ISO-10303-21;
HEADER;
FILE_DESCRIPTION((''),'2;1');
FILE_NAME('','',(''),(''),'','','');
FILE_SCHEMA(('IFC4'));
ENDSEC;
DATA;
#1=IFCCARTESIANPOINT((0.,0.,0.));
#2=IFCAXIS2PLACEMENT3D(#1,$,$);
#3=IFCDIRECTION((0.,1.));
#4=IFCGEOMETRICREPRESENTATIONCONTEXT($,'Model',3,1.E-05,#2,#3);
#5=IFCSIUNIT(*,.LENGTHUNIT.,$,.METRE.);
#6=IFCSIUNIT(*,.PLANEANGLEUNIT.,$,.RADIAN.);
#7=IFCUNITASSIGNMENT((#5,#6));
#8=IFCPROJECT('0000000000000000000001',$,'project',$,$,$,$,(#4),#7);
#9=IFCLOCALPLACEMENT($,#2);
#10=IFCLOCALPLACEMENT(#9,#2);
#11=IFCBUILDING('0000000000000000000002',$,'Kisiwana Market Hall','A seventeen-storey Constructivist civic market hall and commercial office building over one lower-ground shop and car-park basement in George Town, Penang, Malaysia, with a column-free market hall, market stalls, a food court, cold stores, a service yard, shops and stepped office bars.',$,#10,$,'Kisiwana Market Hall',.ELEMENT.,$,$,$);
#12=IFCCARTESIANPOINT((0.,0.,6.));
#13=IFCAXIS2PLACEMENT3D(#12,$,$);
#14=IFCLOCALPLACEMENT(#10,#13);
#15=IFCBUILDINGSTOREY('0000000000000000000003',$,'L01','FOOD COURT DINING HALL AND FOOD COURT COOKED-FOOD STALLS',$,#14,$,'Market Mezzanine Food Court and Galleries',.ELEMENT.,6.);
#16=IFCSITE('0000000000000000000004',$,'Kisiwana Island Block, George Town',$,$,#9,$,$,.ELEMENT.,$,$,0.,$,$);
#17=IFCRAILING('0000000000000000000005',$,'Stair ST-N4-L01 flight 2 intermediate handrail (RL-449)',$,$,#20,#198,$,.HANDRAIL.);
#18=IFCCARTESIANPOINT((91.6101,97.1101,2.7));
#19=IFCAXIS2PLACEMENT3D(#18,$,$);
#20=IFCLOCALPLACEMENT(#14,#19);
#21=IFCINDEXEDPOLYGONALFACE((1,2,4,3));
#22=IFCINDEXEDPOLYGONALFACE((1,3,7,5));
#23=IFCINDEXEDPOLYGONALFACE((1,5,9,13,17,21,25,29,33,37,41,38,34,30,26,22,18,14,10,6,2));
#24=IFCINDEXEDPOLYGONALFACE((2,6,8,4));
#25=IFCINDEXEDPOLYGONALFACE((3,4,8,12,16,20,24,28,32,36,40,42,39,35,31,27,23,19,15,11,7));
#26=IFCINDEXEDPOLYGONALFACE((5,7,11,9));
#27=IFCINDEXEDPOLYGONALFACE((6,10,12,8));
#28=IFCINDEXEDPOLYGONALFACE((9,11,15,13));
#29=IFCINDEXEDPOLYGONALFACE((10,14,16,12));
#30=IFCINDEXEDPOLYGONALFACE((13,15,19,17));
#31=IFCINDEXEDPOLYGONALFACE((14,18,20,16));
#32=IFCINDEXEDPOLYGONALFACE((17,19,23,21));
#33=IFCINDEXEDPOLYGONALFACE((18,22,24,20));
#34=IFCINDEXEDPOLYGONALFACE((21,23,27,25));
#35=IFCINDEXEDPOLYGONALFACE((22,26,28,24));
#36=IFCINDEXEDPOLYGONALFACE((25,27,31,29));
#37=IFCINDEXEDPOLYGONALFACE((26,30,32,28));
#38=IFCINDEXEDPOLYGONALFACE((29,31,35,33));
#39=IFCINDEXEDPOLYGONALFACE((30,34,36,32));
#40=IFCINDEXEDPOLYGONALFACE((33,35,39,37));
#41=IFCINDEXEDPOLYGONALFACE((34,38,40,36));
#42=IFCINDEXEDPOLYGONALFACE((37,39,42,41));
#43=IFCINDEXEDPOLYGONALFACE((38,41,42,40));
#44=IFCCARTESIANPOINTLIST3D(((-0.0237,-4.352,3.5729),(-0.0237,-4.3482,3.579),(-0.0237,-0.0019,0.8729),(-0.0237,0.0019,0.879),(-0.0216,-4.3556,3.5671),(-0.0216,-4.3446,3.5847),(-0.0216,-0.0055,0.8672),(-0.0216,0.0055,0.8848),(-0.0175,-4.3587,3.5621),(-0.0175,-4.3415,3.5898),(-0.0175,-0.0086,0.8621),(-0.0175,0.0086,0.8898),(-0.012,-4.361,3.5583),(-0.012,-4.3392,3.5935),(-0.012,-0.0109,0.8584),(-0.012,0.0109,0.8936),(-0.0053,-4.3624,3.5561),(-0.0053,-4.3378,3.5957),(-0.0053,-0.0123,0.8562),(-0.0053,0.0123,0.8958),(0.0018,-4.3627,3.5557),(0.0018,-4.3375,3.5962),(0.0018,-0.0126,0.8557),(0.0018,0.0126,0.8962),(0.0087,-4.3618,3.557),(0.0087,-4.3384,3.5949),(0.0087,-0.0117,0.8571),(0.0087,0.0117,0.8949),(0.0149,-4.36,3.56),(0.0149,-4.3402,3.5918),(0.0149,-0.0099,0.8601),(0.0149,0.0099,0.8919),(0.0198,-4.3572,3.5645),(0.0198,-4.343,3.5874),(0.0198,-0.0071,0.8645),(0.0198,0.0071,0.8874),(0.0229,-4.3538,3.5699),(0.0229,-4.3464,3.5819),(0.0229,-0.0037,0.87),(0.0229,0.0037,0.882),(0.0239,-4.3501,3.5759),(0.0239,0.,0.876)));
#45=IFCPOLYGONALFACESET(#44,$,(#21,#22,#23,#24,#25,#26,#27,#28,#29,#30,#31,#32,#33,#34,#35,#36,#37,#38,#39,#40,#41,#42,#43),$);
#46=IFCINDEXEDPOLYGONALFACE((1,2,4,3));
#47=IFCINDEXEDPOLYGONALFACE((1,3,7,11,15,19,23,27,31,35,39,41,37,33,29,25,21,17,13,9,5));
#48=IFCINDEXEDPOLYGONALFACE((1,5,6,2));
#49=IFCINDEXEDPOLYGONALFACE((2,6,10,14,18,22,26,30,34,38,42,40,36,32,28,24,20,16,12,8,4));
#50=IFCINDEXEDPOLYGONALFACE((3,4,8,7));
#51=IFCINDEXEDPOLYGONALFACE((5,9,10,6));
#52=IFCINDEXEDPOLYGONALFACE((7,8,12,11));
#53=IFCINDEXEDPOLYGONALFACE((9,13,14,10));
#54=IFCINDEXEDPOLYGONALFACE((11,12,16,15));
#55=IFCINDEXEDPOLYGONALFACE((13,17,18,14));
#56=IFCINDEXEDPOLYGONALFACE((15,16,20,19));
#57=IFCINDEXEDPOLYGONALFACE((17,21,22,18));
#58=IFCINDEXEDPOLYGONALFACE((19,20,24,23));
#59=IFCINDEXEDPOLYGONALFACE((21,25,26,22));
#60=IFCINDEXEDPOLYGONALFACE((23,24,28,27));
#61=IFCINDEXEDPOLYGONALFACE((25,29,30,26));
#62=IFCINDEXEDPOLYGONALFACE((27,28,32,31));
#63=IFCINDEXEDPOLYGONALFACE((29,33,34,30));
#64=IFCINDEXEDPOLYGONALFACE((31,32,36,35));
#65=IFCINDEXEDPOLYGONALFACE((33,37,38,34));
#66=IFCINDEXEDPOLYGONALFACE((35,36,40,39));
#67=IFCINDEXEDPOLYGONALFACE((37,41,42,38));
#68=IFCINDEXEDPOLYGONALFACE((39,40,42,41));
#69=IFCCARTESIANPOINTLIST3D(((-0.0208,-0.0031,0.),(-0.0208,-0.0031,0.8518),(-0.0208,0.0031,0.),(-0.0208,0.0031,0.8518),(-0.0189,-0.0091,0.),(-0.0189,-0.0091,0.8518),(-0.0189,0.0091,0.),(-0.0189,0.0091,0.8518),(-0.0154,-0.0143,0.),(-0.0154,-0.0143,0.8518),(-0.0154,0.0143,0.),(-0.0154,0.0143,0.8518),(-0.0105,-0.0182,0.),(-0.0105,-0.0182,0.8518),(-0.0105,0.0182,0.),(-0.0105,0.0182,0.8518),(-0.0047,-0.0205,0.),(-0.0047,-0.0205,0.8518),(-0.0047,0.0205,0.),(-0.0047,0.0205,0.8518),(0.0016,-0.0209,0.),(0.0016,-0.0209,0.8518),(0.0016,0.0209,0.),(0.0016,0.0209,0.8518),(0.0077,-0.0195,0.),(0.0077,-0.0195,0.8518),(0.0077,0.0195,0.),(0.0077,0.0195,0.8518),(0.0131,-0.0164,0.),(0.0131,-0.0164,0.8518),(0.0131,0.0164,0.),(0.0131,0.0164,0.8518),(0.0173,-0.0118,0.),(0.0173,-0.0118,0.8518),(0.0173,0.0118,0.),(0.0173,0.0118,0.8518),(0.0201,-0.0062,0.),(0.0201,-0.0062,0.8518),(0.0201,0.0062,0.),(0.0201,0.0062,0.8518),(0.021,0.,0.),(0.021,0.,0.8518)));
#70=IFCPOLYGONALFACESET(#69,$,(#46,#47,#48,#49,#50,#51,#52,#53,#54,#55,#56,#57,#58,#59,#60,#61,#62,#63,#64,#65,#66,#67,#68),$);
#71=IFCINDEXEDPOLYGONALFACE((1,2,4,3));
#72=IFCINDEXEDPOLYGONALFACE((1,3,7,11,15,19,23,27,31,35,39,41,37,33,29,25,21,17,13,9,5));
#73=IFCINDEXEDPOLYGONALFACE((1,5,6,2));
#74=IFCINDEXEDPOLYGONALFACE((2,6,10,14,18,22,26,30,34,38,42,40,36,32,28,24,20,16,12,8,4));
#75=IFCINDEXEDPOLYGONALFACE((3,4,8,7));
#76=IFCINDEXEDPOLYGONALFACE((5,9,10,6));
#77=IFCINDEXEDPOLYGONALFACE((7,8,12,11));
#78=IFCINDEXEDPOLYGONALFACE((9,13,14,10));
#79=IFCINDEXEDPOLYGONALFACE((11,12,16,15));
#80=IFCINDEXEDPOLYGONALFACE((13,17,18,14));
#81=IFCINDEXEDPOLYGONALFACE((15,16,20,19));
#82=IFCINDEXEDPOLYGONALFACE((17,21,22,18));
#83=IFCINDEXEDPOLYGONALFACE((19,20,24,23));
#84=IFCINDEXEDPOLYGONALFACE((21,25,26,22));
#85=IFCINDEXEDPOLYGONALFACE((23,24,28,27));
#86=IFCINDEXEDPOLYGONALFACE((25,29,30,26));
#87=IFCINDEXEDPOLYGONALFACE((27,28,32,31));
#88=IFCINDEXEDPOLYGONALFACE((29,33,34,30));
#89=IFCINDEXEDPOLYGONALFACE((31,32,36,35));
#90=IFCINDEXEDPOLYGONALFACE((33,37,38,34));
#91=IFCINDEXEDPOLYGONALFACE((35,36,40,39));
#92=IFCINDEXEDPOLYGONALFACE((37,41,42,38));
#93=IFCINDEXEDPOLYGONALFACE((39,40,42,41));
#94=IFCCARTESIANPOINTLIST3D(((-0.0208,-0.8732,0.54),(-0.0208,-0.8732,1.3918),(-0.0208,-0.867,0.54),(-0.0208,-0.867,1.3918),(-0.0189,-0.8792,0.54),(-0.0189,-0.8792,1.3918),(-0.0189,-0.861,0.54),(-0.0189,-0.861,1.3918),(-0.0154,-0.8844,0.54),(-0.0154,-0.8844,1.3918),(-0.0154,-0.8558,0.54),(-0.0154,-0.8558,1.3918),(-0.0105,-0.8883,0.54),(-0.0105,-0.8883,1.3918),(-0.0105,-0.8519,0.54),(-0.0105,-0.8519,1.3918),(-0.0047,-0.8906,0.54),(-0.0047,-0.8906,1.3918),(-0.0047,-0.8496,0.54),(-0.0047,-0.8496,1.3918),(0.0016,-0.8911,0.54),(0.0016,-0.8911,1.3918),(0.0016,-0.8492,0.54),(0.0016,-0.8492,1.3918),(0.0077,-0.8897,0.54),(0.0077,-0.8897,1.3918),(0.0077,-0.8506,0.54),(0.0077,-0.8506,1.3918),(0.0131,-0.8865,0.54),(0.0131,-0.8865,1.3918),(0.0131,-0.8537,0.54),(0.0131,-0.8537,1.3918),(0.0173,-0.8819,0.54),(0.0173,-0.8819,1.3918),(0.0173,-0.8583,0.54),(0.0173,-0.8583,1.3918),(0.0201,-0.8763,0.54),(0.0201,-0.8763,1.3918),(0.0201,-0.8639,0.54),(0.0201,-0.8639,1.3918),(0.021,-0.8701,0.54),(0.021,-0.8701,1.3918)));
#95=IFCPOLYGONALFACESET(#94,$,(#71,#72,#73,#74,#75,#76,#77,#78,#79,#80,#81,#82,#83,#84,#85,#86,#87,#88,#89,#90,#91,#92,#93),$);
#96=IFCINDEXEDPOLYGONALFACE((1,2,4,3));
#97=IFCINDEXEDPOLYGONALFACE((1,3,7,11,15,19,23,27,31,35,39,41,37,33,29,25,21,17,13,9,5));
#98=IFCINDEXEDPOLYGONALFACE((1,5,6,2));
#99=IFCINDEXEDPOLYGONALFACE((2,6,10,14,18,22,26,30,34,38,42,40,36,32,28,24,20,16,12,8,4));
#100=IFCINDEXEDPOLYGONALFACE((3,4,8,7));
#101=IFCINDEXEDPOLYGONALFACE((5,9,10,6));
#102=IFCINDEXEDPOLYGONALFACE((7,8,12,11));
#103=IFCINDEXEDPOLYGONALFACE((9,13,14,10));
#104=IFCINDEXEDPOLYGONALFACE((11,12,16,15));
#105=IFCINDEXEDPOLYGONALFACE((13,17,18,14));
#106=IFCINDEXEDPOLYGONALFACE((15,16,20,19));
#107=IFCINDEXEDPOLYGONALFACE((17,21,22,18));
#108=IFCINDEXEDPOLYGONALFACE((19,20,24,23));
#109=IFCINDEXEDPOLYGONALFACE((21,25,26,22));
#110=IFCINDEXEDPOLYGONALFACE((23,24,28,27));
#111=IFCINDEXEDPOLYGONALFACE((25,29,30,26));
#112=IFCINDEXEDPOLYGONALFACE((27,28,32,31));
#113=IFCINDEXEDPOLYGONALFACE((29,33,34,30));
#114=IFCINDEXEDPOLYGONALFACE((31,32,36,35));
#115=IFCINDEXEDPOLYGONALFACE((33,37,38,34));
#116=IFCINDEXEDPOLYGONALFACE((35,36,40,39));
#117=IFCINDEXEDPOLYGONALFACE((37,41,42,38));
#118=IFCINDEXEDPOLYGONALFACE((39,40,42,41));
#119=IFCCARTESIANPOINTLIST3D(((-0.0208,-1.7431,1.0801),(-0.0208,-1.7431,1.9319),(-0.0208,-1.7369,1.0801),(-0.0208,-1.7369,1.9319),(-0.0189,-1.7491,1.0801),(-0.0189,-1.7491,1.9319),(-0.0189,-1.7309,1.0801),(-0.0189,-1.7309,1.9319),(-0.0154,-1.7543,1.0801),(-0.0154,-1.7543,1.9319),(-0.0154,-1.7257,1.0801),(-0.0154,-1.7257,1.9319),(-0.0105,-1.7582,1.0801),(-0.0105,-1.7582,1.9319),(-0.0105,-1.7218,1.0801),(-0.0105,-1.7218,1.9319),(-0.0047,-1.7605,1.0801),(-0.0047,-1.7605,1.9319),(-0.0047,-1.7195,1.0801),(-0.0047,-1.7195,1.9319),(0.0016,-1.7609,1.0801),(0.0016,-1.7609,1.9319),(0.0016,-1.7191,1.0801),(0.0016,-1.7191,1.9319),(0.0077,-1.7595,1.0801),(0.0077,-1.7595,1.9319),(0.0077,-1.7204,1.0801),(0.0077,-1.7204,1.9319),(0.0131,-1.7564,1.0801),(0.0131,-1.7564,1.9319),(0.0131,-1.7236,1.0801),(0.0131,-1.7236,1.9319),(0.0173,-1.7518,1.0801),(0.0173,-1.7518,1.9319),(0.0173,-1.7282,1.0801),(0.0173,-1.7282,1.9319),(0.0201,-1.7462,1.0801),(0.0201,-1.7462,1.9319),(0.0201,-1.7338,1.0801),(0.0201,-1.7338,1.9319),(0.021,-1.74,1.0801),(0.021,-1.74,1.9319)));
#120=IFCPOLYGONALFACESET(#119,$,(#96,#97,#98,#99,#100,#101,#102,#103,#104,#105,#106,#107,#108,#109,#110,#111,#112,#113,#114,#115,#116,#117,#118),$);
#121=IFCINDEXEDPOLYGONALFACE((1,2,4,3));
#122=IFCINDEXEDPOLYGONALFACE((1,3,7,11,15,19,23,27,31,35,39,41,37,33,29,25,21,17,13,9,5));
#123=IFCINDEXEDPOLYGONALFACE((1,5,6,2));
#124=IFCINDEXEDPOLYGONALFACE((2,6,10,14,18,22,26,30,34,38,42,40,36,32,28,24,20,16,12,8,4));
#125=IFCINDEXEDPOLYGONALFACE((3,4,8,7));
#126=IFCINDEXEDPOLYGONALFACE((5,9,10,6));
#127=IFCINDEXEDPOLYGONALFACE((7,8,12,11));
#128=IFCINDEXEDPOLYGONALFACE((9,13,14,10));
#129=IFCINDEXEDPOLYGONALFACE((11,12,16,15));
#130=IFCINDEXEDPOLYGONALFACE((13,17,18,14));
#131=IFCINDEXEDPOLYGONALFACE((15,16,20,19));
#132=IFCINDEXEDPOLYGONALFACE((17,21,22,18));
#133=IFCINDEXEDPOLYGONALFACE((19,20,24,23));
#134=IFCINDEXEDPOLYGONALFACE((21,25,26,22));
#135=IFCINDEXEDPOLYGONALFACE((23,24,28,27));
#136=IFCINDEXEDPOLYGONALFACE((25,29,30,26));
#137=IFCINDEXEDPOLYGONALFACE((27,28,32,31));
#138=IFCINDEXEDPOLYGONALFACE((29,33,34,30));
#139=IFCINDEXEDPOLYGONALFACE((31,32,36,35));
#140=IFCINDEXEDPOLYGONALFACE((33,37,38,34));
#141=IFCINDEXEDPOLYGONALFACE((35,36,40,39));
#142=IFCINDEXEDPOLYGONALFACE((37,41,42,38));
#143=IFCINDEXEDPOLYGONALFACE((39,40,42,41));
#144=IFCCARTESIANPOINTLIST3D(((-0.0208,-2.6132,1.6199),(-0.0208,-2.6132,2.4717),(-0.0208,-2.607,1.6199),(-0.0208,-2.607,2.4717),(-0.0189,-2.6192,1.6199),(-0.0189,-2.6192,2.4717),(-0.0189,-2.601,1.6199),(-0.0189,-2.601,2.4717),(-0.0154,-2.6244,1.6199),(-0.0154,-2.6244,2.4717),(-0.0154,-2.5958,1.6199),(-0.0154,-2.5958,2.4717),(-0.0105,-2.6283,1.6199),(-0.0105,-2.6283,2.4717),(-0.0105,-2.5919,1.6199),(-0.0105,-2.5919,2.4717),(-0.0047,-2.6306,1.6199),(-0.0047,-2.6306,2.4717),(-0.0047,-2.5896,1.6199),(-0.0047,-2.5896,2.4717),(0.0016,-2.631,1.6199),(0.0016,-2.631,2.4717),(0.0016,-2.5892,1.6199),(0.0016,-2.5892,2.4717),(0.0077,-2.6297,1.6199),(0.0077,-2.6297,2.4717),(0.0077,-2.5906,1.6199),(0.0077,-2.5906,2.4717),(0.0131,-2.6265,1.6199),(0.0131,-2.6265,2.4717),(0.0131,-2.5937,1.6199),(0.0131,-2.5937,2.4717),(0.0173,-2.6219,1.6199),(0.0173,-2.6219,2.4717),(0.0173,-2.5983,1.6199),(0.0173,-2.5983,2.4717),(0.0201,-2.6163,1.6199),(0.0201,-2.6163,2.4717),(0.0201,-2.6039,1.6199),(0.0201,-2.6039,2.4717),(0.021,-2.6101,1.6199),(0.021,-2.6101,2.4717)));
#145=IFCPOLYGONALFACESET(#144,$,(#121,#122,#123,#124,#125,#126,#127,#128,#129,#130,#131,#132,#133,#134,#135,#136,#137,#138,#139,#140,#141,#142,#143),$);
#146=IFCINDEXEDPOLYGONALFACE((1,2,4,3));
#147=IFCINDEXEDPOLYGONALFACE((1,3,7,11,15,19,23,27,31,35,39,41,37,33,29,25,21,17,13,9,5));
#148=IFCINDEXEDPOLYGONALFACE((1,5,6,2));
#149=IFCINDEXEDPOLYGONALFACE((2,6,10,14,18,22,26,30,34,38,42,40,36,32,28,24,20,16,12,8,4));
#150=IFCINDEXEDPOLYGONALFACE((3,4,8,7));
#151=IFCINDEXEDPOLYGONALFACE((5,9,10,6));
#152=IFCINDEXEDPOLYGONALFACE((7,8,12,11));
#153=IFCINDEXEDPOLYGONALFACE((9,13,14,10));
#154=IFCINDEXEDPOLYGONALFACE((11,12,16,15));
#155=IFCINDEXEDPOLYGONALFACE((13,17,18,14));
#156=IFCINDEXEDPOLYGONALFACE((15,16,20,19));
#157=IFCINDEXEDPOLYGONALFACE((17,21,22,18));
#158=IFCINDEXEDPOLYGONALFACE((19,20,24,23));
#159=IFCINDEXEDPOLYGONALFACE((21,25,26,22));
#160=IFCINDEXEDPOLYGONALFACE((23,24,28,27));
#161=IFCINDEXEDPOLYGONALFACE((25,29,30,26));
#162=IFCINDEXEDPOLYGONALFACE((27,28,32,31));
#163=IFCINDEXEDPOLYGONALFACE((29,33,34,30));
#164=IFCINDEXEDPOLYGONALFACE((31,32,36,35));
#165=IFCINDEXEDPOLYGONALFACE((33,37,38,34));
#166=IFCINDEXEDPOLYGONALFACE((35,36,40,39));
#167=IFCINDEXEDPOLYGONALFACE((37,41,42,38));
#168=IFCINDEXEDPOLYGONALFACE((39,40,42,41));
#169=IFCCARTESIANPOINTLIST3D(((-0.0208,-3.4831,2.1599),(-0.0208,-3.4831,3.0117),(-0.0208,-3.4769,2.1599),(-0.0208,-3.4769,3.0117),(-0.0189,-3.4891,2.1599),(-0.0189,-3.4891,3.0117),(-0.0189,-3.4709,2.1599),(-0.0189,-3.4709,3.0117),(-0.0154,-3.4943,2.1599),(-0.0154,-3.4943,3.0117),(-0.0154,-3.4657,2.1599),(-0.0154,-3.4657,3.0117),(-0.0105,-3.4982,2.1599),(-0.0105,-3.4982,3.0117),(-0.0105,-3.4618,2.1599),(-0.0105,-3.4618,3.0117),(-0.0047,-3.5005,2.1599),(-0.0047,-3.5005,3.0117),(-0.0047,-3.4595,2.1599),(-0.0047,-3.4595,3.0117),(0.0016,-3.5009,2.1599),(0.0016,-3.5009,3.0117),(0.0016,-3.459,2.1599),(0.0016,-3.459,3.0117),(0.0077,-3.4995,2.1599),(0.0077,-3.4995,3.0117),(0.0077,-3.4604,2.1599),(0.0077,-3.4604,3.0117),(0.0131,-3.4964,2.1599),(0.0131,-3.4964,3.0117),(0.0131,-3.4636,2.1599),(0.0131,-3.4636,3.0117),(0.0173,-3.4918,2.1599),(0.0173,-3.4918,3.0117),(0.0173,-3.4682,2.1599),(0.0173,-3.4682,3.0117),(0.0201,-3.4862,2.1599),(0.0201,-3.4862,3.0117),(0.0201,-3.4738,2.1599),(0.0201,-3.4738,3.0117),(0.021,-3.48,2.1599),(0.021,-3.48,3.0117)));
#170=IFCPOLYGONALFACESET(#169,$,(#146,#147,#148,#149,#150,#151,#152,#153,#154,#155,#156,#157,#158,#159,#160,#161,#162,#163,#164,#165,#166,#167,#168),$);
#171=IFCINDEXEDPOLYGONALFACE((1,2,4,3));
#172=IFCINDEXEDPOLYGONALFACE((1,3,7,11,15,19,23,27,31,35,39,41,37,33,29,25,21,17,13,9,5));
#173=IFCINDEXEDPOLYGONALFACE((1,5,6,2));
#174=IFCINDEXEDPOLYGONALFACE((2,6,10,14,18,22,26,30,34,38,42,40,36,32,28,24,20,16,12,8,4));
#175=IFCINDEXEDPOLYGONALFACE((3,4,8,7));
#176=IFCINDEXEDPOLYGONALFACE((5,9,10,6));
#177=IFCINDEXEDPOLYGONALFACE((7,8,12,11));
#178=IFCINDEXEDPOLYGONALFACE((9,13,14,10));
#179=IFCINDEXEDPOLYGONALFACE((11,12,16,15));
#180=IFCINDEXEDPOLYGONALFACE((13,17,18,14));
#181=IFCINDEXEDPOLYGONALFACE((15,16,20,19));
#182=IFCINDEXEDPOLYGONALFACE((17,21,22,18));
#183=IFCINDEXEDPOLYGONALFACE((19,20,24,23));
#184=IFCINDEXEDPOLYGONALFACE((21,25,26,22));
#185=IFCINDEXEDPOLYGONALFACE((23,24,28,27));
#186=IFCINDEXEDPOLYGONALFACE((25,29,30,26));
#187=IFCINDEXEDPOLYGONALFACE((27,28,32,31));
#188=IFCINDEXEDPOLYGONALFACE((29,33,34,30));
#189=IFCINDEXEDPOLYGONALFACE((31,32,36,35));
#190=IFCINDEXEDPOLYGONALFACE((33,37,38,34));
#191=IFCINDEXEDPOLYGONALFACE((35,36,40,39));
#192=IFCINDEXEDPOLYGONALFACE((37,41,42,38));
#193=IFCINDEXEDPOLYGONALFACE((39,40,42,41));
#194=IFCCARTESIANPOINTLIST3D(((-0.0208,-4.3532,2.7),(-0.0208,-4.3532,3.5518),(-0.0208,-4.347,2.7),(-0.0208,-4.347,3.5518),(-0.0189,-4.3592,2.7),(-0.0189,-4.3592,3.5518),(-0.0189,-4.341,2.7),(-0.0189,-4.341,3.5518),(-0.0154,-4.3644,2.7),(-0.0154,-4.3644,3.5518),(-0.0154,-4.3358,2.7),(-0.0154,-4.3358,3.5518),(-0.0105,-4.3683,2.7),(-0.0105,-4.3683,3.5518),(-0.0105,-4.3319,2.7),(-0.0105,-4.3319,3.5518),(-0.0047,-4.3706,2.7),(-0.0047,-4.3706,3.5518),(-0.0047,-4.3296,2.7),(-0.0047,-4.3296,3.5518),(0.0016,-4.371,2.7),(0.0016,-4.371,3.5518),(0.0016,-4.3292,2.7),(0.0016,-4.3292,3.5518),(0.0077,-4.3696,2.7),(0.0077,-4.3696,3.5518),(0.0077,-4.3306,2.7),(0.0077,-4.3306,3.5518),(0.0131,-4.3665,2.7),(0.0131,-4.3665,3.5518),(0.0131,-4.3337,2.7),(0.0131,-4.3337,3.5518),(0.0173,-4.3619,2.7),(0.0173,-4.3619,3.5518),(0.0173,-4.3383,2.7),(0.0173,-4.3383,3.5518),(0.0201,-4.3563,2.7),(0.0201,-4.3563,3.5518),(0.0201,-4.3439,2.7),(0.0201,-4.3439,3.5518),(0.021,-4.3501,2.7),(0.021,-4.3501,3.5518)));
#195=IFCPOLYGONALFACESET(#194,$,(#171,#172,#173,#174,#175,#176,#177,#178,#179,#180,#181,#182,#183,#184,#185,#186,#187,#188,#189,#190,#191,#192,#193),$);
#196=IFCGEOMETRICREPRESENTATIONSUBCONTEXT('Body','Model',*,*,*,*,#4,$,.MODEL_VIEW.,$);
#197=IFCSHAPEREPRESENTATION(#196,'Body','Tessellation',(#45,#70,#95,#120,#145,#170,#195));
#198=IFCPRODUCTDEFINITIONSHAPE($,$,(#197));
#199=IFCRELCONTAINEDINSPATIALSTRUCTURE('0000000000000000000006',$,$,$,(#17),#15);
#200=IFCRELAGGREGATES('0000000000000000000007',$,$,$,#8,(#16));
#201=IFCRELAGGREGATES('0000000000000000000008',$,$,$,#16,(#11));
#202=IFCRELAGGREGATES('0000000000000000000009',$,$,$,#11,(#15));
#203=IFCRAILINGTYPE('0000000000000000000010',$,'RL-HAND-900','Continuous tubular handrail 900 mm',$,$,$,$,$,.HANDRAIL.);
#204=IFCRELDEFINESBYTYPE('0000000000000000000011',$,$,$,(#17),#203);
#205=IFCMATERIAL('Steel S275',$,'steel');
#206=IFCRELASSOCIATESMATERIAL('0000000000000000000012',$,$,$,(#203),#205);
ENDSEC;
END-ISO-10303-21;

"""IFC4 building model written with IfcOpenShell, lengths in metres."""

from ifc_helpers import new_model, si_unit, direction, frame, origin, origin_2d, place, context, subcontext, project, spatial, circle, extrude, material, type_object, element, save


model = new_model("IFC4")

# Units and contexts
model_context = context("Model", 3, precision=1e-05, world=origin(), true_north=direction((0.0, 1.0)))
body_context = subcontext(model_context, "Body", "Model", "MODEL_VIEW")
ifc_project = project(units=[si_unit("LENGTHUNIT", "METRE"), si_unit("PLANEANGLEUNIT", "RADIAN")], contexts=[model_context])

# Site, building, storey
site_placement = place(None, origin())
site = spatial("IfcSite", under=ifc_project, at=site_placement, Name="Kisiwana Island Block, George Town", CompositionType="ELEMENT", RefElevation=0.0)
building_placement = place(site_placement, origin())
building = spatial("IfcBuilding", under=site, at=building_placement, Name="Kisiwana Market Hall", Description="A seventeen-storey Constructivist civic market hall and commercial office building over one lower-ground shop and car-park basement in George Town, Penang, Malaysia, with a column-free market hall, market stalls, a food court, cold stores, a service yard, shops and stepped office bars.", LongName="Kisiwana Market Hall", CompositionType="ELEMENT")
storey_placement = place(building_placement, frame((0.0, 0.0, 6.0)))
storey = spatial("IfcBuildingStorey", under=building, at=storey_placement, Name="L01", Description="FOOD COURT DINING HALL AND FOOD COURT COOKED-FOOD STALLS", LongName="Market Mezzanine Food Court and Galleries", CompositionType="ELEMENT", Elevation=6.0)

# Railing
ifc_material_1 = material(Name="Steel S275", Category="steel")
railing_type_1 = type_object("IfcRailingType", Name="RL-HAND-900", Description="Continuous tubular handrail 900 mm", PredefinedType="HANDRAIL", material=ifc_material_1)
railing_1_placement = place(storey_placement, frame((91.6101, 97.1101, 2.7)))
element("IfcRailing", 1, at=railing_1_placement, inside=storey, type_object=railing_type_1, Name="Stair ST-N4-L01 flight 2 intermediate handrail (RL-449)", PredefinedType="HANDRAIL", context=body_context, shape_type="SweptSolid", body=[
    extrude(circle(Radius=0.0239, at=origin_2d()), frame((0.0, 0.0, 0.876), z_axis=(0.0, -0.84965, 0.527347), x_axis=(1.0, 0.0, 0.0)), (0.0, 0.0, 1.0), 5.1199),
    extrude(circle(Radius=0.021, at=origin_2d()), origin(), (0.0, 0.0, 1.0), 0.8518),
    extrude(circle(Radius=0.021, at=origin_2d()), frame((0.0, -0.8701, 0.54)), (0.0, 0.0, 1.0), 0.8518),
    extrude(circle(Radius=0.021, at=origin_2d()), frame((0.0, -1.74, 1.0801)), (0.0, 0.0, 1.0), 0.8518),
    extrude(circle(Radius=0.021, at=origin_2d()), frame((0.0, -2.6101, 1.6199)), (0.0, 0.0, 1.0), 0.8518),
    extrude(circle(Radius=0.021, at=origin_2d()), frame((0.0, -3.48, 2.1599)), (0.0, 0.0, 1.0), 0.8518),
    extrude(circle(Radius=0.021, at=origin_2d()), frame((0.0, -4.3501, 2.7)), (0.0, 0.0, 1.0), 0.8518),
])

save(model, "model.ifc")
